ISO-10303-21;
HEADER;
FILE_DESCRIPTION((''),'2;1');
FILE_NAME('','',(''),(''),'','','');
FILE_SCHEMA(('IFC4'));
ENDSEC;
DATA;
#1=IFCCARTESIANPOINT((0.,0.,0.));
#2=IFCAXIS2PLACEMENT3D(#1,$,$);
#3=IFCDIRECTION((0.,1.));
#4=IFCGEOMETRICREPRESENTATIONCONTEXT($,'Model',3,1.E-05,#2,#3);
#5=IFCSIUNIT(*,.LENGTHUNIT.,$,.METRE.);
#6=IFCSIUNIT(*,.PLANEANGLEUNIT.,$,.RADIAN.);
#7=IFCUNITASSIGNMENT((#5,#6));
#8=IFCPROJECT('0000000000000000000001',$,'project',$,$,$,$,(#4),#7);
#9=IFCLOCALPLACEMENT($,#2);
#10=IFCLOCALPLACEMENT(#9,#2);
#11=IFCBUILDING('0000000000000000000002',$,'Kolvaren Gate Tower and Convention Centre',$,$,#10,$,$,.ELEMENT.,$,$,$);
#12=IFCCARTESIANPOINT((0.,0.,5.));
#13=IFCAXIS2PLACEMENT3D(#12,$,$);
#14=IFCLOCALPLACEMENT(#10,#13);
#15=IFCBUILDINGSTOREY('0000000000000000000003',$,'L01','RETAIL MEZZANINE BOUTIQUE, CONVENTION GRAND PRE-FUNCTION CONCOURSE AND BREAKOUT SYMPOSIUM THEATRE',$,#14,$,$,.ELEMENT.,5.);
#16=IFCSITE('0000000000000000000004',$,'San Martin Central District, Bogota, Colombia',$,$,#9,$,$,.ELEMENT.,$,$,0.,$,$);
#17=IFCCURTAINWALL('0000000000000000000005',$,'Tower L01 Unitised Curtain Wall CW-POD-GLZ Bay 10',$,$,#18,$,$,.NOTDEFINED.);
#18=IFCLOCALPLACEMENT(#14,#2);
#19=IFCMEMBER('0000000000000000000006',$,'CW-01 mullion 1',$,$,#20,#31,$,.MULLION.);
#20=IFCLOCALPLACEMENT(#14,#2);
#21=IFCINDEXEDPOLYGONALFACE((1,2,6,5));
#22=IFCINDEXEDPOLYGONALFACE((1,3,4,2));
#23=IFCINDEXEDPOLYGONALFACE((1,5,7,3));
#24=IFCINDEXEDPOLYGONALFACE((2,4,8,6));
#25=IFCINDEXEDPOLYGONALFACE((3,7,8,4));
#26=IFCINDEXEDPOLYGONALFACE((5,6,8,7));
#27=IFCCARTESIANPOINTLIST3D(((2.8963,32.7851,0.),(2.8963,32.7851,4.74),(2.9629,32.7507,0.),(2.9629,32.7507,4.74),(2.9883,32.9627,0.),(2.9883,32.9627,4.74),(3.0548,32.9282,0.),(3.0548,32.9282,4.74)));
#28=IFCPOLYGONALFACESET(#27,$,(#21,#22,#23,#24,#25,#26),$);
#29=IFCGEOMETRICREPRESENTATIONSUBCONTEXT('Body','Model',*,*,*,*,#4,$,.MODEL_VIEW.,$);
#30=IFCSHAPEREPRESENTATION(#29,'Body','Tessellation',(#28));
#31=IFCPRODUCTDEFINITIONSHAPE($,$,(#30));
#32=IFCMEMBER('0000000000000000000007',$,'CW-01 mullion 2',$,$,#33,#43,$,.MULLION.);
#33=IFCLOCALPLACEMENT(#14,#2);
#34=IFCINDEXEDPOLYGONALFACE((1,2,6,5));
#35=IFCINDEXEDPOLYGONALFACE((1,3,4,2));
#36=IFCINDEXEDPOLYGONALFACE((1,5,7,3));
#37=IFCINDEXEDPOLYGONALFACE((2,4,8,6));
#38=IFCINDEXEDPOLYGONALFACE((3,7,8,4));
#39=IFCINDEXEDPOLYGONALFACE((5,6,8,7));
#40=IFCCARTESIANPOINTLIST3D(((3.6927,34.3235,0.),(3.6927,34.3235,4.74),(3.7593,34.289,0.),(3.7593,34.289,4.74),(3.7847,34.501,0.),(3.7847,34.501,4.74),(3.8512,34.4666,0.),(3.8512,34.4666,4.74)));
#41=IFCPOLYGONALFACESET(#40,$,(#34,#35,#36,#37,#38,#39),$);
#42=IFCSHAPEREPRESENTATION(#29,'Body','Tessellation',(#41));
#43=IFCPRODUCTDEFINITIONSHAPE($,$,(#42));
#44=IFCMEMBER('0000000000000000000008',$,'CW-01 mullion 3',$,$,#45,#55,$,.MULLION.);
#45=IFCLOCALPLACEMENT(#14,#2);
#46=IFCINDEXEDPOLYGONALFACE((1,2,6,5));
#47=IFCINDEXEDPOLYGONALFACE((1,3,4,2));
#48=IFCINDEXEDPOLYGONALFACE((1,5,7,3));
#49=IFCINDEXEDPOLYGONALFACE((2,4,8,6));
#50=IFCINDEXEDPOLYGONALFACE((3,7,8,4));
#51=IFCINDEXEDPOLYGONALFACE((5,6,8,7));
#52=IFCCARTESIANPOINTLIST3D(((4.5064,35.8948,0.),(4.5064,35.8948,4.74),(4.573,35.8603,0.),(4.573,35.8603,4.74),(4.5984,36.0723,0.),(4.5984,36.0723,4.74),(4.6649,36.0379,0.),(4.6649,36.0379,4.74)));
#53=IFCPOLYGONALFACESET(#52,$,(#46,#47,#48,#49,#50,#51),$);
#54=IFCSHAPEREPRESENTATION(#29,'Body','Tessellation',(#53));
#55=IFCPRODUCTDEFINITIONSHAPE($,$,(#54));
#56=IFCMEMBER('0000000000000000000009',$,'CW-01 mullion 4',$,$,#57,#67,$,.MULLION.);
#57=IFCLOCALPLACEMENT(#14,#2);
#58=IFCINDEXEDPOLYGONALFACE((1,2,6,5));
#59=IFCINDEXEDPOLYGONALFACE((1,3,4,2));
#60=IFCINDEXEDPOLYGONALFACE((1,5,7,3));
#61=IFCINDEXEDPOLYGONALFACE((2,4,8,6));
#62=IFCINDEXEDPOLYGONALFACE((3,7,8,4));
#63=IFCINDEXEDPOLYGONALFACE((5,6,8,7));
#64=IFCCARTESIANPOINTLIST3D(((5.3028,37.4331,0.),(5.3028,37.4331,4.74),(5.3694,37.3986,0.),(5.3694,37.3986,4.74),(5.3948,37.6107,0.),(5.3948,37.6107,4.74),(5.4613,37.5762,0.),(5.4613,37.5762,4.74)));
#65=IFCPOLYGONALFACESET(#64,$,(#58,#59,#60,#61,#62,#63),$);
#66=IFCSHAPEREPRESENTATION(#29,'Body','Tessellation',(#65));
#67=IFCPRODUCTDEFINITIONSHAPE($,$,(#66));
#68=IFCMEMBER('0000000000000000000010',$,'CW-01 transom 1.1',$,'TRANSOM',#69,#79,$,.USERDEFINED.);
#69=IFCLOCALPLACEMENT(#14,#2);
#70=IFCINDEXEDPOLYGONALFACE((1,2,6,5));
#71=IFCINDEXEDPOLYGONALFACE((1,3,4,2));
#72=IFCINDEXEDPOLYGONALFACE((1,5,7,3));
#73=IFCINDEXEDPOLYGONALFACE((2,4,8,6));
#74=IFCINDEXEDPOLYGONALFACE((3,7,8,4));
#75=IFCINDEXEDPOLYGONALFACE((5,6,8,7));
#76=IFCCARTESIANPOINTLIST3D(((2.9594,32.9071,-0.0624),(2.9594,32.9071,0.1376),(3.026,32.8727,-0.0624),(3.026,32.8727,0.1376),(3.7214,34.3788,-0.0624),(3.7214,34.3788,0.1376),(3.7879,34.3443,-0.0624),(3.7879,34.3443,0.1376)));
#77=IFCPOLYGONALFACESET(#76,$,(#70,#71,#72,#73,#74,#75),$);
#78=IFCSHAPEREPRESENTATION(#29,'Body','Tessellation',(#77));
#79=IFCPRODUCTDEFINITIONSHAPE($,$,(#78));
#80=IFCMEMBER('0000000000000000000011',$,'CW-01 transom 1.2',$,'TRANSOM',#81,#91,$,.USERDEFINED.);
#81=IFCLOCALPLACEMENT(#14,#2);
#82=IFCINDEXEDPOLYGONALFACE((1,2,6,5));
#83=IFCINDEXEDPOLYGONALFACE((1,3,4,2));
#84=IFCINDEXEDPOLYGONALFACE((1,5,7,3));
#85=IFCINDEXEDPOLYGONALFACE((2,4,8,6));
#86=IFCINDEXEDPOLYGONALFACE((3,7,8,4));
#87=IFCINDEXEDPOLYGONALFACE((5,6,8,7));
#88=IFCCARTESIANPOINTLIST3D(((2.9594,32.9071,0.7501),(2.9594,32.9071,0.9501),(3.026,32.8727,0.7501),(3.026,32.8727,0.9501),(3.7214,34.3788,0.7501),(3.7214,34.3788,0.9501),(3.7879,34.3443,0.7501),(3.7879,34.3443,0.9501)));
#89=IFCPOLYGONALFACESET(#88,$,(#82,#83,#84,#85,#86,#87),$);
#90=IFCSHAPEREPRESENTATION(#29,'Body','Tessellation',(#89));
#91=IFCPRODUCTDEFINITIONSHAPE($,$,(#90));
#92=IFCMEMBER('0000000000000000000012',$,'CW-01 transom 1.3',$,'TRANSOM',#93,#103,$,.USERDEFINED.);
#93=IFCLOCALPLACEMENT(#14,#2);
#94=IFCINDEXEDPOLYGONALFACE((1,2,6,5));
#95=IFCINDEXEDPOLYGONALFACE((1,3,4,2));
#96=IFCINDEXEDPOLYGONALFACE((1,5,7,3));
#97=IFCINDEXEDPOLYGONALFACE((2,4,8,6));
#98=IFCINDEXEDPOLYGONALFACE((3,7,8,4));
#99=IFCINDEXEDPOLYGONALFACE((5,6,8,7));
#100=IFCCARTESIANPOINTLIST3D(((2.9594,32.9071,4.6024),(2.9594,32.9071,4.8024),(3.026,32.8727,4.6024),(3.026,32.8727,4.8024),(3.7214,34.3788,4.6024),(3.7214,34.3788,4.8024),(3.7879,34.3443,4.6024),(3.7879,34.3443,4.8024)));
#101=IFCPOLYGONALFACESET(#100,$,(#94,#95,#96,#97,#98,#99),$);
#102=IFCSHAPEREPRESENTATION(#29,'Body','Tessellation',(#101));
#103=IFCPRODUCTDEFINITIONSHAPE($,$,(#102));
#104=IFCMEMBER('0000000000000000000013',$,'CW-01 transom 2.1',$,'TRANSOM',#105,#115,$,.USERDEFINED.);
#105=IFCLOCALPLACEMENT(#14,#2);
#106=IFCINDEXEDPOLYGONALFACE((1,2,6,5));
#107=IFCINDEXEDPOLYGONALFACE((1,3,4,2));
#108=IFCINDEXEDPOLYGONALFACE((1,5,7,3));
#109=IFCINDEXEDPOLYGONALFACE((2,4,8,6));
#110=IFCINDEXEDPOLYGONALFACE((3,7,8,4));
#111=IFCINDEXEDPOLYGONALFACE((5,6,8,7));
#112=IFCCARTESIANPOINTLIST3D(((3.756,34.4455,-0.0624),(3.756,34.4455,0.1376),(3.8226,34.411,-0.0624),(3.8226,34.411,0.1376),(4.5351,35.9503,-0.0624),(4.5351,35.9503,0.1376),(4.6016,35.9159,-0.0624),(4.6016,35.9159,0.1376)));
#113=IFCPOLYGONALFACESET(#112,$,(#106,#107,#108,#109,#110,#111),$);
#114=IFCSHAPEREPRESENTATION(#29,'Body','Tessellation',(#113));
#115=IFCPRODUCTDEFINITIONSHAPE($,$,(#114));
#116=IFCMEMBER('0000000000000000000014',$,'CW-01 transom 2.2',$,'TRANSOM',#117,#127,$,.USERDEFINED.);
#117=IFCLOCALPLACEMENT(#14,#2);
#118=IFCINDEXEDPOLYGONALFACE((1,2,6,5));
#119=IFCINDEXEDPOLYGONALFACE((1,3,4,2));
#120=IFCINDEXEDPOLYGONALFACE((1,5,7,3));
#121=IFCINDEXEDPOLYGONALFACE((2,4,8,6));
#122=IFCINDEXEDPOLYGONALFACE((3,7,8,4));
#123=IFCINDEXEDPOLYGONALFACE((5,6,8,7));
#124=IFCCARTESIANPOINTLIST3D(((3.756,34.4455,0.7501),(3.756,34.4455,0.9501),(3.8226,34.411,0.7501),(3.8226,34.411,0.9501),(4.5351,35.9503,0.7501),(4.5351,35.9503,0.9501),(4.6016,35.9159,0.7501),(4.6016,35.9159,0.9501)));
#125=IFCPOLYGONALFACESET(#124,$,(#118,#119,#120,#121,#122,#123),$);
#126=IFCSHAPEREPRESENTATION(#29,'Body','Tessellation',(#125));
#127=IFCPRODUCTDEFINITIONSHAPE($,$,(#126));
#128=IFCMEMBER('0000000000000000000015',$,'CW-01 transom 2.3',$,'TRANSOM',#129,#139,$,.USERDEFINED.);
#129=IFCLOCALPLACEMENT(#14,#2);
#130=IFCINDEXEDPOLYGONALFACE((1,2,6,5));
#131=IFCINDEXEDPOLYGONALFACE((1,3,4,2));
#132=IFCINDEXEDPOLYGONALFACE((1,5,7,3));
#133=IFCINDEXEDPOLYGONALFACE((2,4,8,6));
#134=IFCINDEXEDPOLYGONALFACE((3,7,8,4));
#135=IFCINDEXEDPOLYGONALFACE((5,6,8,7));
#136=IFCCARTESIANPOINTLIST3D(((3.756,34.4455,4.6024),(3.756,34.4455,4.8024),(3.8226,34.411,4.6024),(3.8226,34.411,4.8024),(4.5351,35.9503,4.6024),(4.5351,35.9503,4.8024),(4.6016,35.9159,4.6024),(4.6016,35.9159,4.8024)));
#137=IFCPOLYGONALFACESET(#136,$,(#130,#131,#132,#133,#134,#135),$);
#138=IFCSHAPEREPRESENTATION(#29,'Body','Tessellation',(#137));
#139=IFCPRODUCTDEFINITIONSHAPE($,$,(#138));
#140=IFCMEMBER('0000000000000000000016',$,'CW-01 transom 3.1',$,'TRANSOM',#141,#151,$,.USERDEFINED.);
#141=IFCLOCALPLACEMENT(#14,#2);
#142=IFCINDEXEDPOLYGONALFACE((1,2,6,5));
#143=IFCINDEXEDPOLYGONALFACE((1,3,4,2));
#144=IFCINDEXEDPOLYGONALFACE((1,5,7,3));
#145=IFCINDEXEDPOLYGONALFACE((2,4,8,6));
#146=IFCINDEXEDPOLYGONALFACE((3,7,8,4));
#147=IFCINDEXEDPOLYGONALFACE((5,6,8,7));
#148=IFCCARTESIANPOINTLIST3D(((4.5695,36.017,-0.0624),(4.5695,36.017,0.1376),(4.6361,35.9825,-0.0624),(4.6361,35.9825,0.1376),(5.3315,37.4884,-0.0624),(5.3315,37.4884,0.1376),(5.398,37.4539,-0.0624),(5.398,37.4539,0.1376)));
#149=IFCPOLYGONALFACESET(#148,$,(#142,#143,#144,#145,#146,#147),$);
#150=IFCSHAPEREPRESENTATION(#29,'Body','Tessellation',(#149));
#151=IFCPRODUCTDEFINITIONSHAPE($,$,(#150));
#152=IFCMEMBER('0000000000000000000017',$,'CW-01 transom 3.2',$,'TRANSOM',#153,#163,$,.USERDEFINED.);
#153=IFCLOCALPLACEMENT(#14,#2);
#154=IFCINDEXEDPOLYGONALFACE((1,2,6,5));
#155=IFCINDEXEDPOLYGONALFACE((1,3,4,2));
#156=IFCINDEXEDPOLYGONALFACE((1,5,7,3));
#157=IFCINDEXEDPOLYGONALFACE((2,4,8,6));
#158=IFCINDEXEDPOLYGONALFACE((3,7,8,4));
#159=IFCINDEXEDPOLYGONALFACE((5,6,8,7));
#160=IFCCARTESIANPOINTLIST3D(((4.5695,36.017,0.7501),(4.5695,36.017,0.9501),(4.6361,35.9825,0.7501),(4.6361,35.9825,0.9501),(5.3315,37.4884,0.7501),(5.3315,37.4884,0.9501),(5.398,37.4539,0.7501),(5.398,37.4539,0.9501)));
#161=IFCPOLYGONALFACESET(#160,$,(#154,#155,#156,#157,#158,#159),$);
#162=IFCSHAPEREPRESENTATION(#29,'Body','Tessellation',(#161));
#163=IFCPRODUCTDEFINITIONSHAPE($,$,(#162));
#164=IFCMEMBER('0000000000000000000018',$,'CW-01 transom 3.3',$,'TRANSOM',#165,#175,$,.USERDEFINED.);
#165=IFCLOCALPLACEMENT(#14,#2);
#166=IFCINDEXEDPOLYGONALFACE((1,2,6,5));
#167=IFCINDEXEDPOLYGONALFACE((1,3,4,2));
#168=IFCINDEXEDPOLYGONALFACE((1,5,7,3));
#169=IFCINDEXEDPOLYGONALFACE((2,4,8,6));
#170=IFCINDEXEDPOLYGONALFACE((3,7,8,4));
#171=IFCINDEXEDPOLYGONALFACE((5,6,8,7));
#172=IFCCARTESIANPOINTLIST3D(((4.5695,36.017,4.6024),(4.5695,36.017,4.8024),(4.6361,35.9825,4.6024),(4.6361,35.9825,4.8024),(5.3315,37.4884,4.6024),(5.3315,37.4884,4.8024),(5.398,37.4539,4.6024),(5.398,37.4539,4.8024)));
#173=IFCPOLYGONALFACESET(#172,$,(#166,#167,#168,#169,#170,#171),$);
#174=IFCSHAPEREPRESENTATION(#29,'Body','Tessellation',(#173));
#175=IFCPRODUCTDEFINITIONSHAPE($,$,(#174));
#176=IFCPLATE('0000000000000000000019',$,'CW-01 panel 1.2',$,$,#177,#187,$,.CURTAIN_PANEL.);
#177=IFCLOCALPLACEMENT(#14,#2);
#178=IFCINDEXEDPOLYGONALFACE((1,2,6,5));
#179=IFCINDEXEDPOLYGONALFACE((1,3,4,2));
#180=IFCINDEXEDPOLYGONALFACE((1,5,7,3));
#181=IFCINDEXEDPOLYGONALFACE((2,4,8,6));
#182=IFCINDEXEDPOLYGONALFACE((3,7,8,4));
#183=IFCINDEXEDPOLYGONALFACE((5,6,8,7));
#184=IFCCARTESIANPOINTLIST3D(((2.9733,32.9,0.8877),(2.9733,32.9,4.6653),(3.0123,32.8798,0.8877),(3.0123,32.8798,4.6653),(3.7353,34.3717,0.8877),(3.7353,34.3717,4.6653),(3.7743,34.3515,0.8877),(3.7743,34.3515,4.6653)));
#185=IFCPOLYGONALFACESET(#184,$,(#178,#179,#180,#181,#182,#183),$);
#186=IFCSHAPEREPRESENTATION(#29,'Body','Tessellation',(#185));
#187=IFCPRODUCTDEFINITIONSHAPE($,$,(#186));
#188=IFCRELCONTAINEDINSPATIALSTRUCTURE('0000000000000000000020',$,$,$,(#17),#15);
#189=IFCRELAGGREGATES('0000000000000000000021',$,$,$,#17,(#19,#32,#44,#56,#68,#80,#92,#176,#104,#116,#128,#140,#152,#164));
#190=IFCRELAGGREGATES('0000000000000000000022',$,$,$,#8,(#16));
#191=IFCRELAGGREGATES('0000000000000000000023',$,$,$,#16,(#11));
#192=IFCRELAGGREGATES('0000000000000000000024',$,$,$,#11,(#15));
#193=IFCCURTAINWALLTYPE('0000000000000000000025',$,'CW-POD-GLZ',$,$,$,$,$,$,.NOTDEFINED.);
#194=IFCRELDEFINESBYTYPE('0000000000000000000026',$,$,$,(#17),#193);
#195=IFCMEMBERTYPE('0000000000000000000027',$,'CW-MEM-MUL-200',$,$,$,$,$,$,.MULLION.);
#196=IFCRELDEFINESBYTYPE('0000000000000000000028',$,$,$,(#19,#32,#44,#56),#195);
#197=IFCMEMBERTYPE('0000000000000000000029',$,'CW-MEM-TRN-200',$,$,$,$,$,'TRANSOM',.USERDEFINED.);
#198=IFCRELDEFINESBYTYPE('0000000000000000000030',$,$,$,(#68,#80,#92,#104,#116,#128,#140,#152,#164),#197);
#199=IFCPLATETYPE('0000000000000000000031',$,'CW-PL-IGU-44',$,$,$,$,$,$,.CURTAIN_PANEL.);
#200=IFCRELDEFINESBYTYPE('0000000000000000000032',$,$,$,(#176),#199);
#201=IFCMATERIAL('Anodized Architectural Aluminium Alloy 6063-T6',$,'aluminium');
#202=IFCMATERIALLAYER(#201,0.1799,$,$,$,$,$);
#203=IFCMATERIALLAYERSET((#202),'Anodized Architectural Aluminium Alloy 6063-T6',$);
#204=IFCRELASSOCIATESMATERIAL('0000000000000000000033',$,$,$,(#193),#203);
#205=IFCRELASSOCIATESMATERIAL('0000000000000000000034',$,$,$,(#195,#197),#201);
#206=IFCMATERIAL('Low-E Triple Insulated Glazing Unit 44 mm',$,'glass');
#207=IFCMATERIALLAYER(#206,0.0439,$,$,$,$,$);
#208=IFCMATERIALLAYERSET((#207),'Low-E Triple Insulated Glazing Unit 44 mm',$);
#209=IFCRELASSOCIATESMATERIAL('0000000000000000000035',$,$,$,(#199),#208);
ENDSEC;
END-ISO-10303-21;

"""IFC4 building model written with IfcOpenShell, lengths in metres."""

from ifc_helpers import new_model, si_unit, direction, frame, origin, origin_2d, place, context, subcontext, project, spatial, rectangle, extrude, material, layer, layer_set, material_profile, profile_set, type_object, element, aggregate, save


model = new_model("IFC4")

# Units and contexts
model_context = context("Model", 3, precision=1e-05, world=origin(), true_north=direction((0.0, 1.0)))
body_context = subcontext(model_context, "Body", "Model", "MODEL_VIEW")
ifc_project = project(units=[si_unit("LENGTHUNIT", "METRE"), si_unit("PLANEANGLEUNIT", "RADIAN")], contexts=[model_context])

# Site, building, storey
site_placement = place(None, origin())
site = spatial("IfcSite", under=ifc_project, at=site_placement, Name="San Martin Central District, Bogota, Colombia", CompositionType="ELEMENT", RefElevation=0.0)
building_placement = place(site_placement, origin())
building = spatial("IfcBuilding", under=site, at=building_placement, Name="Kolvaren Gate Tower and Convention Centre", CompositionType="ELEMENT")
storey_placement = place(building_placement, frame((0.0, 0.0, 5.0)))
storey = spatial("IfcBuildingStorey", under=building, at=storey_placement, Name="L01", Description="RETAIL MEZZANINE BOUTIQUE, CONVENTION GRAND PRE-FUNCTION CONCOURSE AND BREAKOUT SYMPOSIUM THEATRE", CompositionType="ELEMENT", Elevation=5.0)

# Curtain wall, members, plate
ifc_material_1 = material(Name="Anodized Architectural Aluminium Alloy 6063-T6", Category="aluminium")
ifc_layer_1 = layer(ifc_material_1, 0.1799)
ifc_layer_set_1 = layer_set([ifc_layer_1], Name="Anodized Architectural Aluminium Alloy 6063-T6")
curtain_wall_type = type_object("IfcCurtainWallType", Name="CW-POD-GLZ", PredefinedType="NOTDEFINED", material=ifc_layer_set_1)
curtain_wall_placement = place(storey_placement, origin())
curtain_wall = element("IfcCurtainWall", 1, at=curtain_wall_placement, inside=storey, type_object=curtain_wall_type, Name="Tower L01 Unitised Curtain Wall CW-POD-GLZ Bay 10", PredefinedType="NOTDEFINED")
ifc_material_profile_1 = material_profile(ifc_material_1, rectangle(XDim=0.075, YDim=0.2, at=origin_2d()), Name="CW-MEM-MUL-200")
ifc_profile_set_1 = profile_set([ifc_material_profile_1], Name="Anodized Architectural Aluminium Alloy 6063-T6")
member_type_1 = type_object("IfcMemberType", Name="CW-MEM-MUL-200", PredefinedType="MULLION", material=ifc_profile_set_1)
member_1_placement = place(storey_placement, frame((2.9756, 32.8567, 0.0), z_axis=(0.0, 0.0, 1.0), x_axis=(-0.888028, 0.459789, 0.0)))
member_1 = element("IfcMember", 2, at=member_1_placement, type_object=member_type_1, Name="CW-01 mullion 1", PredefinedType="MULLION", context=body_context, shape_type="SweptSolid", body=[
    extrude(rectangle(XDim=0.075, YDim=0.2, at=origin_2d()), origin(), (0.0, 0.0, 1.0), 4.74),
])
member_2_placement = place(storey_placement, frame((3.772, 34.395, 0.0), z_axis=(0.0, 0.0, 1.0), x_axis=(-0.888028, 0.459789, 0.0)))
member_2 = element("IfcMember", 3, at=member_2_placement, type_object=member_type_1, Name="CW-01 mullion 2", PredefinedType="MULLION", context=body_context, shape_type="SweptSolid", body=[
    extrude(rectangle(XDim=0.075, YDim=0.2, at=origin_2d()), origin(), (0.0, 0.0, 1.0), 4.74),
])
member_3_placement = place(storey_placement, frame((4.5857, 35.9663, 0.0), z_axis=(0.0, 0.0, 1.0), x_axis=(-0.888028, 0.459789, 0.0)))
member_3 = element("IfcMember", 4, at=member_3_placement, type_object=member_type_1, Name="CW-01 mullion 3", PredefinedType="MULLION", context=body_context, shape_type="SweptSolid", body=[
    extrude(rectangle(XDim=0.075, YDim=0.2, at=origin_2d()), origin(), (0.0, 0.0, 1.0), 4.74),
])
member_4_placement = place(storey_placement, frame((5.3821, 37.5046, 0.0), z_axis=(0.0, 0.0, 1.0), x_axis=(-0.888028, 0.459789, 0.0)))
member_4 = element("IfcMember", 5, at=member_4_placement, type_object=member_type_1, Name="CW-01 mullion 4", PredefinedType="MULLION", context=body_context, shape_type="SweptSolid", body=[
    extrude(rectangle(XDim=0.075, YDim=0.2, at=origin_2d()), origin(), (0.0, 0.0, 1.0), 4.74),
])
ifc_material_profile_2 = material_profile(ifc_material_1, rectangle(XDim=0.075, YDim=0.2, at=origin_2d()), Name="CW-MEM-TRN-200")
ifc_profile_set_2 = profile_set([ifc_material_profile_2], Name="Anodized Architectural Aluminium Alloy 6063-T6")
member_type_2 = type_object("IfcMemberType", Name="CW-MEM-TRN-200", ElementType="TRANSOM", PredefinedType="USERDEFINED", material=ifc_profile_set_2)
member_5_placement = place(storey_placement, frame((2.9927, 32.8899, 0.0376), z_axis=(0.45978, 0.888033, 0.0), x_axis=(-0.888033, 0.45978, 0.0)))
member_5 = element("IfcMember", 6, at=member_5_placement, type_object=member_type_2, Name="CW-01 transom 1.1", ObjectType="TRANSOM", PredefinedType="USERDEFINED", context=body_context, shape_type="SweptSolid", body=[
    extrude(rectangle(XDim=0.075, YDim=0.2, at=origin_2d()), origin(), (0.0, 0.0, 1.0), 1.6572),
])
member_6_placement = place(storey_placement, frame((2.9927, 32.8899, 0.8501), z_axis=(0.45978, 0.888033, 0.0), x_axis=(-0.888033, 0.45978, 0.0)))
member_6 = element("IfcMember", 7, at=member_6_placement, type_object=member_type_2, Name="CW-01 transom 1.2", ObjectType="TRANSOM", PredefinedType="USERDEFINED", context=body_context, shape_type="SweptSolid", body=[
    extrude(rectangle(XDim=0.075, YDim=0.2, at=origin_2d()), origin(), (0.0, 0.0, 1.0), 1.6572),
])
member_7_placement = place(storey_placement, frame((2.9927, 32.8899, 4.7024), z_axis=(0.45978, 0.888033, 0.0), x_axis=(-0.888033, 0.45978, 0.0)))
member_7 = element("IfcMember", 8, at=member_7_placement, type_object=member_type_2, Name="CW-01 transom 1.3", ObjectType="TRANSOM", PredefinedType="USERDEFINED", context=body_context, shape_type="SweptSolid", body=[
    extrude(rectangle(XDim=0.075, YDim=0.2, at=origin_2d()), origin(), (0.0, 0.0, 1.0), 1.6572),
])
member_8_placement = place(storey_placement, frame((3.7893, 34.4282, 0.0376), z_axis=(0.459733, 0.888057, 0.0), x_axis=(-0.888057, 0.459733, 0.0)))
member_8 = element("IfcMember", 9, at=member_8_placement, type_object=member_type_2, Name="CW-01 transom 2.1", ObjectType="TRANSOM", PredefinedType="USERDEFINED", context=body_context, shape_type="SweptSolid", body=[
    extrude(rectangle(XDim=0.075, YDim=0.2, at=origin_2d()), origin(), (0.0, 0.0, 1.0), 1.6946),
])
member_9_placement = place(storey_placement, frame((3.7893, 34.4282, 0.8501), z_axis=(0.459733, 0.888057, 0.0), x_axis=(-0.888057, 0.459733, 0.0)))
member_9 = element("IfcMember", 10, at=member_9_placement, type_object=member_type_2, Name="CW-01 transom 2.2", ObjectType="TRANSOM", PredefinedType="USERDEFINED", context=body_context, shape_type="SweptSolid", body=[
    extrude(rectangle(XDim=0.075, YDim=0.2, at=origin_2d()), origin(), (0.0, 0.0, 1.0), 1.6946),
])
member_10_placement = place(storey_placement, frame((3.7893, 34.4282, 4.7024), z_axis=(0.459733, 0.888057, 0.0), x_axis=(-0.888057, 0.459733, 0.0)))
member_10 = element("IfcMember", 11, at=member_10_placement, type_object=member_type_2, Name="CW-01 transom 2.3", ObjectType="TRANSOM", PredefinedType="USERDEFINED", context=body_context, shape_type="SweptSolid", body=[
    extrude(rectangle(XDim=0.075, YDim=0.2, at=origin_2d()), origin(), (0.0, 0.0, 1.0), 1.6946),
])
member_11_placement = place(storey_placement, frame((4.6028, 35.9998, 0.0376), z_axis=(0.45984, 0.888002, 0.0), x_axis=(-0.888002, 0.45984, 0.0)))
member_11 = element("IfcMember", 12, at=member_11_placement, type_object=member_type_2, Name="CW-01 transom 3.1", ObjectType="TRANSOM", PredefinedType="USERDEFINED", context=body_context, shape_type="SweptSolid", body=[
    extrude(rectangle(XDim=0.075, YDim=0.2, at=origin_2d()), origin(), (0.0, 0.0, 1.0), 1.657),
])
member_12_placement = place(storey_placement, frame((4.6028, 35.9998, 0.8501), z_axis=(0.45984, 0.888002, 0.0), x_axis=(-0.888002, 0.45984, 0.0)))
member_12 = element("IfcMember", 13, at=member_12_placement, type_object=member_type_2, Name="CW-01 transom 3.2", ObjectType="TRANSOM", PredefinedType="USERDEFINED", context=body_context, shape_type="SweptSolid", body=[
    extrude(rectangle(XDim=0.075, YDim=0.2, at=origin_2d()), origin(), (0.0, 0.0, 1.0), 1.657),
])
member_13_placement = place(storey_placement, frame((4.6028, 35.9998, 4.7024), z_axis=(0.45984, 0.888002, 0.0), x_axis=(-0.888002, 0.45984, 0.0)))
member_13 = element("IfcMember", 14, at=member_13_placement, type_object=member_type_2, Name="CW-01 transom 3.3", ObjectType="TRANSOM", PredefinedType="USERDEFINED", context=body_context, shape_type="SweptSolid", body=[
    extrude(rectangle(XDim=0.075, YDim=0.2, at=origin_2d()), origin(), (0.0, 0.0, 1.0), 1.657),
])
ifc_material_2 = material(Name="Low-E Triple Insulated Glazing Unit 44 mm", Category="glass")
ifc_layer_2 = layer(ifc_material_2, 0.0439)
ifc_layer_set_2 = layer_set([ifc_layer_2], Name="Low-E Triple Insulated Glazing Unit 44 mm")
plate_type_1 = type_object("IfcPlateType", Name="CW-PL-IGU-44", PredefinedType="CURTAIN_PANEL", material=ifc_layer_set_2)
plate_1_placement = place(storey_placement, frame((3.3738, 33.6257, 0.8877), z_axis=(0.0, 0.0, 1.0), x_axis=(0.459789, 0.888028, 0.0)))
plate_1 = element("IfcPlate", 15, at=plate_1_placement, type_object=plate_type_1, Name="CW-01 panel 1.2", PredefinedType="CURTAIN_PANEL", context=body_context, shape_type="SweptSolid", body=[
    extrude(rectangle(XDim=1.6572, YDim=0.0439, at=origin_2d()), origin(), (0.0, 0.0, 1.0), 3.7776),
])
aggregate(curtain_wall, [member_1, member_2, member_3, member_4, member_5, member_6, member_7, plate_1, member_8, member_9, member_10, member_11, member_12, member_13])

save(model, "model.ifc")
